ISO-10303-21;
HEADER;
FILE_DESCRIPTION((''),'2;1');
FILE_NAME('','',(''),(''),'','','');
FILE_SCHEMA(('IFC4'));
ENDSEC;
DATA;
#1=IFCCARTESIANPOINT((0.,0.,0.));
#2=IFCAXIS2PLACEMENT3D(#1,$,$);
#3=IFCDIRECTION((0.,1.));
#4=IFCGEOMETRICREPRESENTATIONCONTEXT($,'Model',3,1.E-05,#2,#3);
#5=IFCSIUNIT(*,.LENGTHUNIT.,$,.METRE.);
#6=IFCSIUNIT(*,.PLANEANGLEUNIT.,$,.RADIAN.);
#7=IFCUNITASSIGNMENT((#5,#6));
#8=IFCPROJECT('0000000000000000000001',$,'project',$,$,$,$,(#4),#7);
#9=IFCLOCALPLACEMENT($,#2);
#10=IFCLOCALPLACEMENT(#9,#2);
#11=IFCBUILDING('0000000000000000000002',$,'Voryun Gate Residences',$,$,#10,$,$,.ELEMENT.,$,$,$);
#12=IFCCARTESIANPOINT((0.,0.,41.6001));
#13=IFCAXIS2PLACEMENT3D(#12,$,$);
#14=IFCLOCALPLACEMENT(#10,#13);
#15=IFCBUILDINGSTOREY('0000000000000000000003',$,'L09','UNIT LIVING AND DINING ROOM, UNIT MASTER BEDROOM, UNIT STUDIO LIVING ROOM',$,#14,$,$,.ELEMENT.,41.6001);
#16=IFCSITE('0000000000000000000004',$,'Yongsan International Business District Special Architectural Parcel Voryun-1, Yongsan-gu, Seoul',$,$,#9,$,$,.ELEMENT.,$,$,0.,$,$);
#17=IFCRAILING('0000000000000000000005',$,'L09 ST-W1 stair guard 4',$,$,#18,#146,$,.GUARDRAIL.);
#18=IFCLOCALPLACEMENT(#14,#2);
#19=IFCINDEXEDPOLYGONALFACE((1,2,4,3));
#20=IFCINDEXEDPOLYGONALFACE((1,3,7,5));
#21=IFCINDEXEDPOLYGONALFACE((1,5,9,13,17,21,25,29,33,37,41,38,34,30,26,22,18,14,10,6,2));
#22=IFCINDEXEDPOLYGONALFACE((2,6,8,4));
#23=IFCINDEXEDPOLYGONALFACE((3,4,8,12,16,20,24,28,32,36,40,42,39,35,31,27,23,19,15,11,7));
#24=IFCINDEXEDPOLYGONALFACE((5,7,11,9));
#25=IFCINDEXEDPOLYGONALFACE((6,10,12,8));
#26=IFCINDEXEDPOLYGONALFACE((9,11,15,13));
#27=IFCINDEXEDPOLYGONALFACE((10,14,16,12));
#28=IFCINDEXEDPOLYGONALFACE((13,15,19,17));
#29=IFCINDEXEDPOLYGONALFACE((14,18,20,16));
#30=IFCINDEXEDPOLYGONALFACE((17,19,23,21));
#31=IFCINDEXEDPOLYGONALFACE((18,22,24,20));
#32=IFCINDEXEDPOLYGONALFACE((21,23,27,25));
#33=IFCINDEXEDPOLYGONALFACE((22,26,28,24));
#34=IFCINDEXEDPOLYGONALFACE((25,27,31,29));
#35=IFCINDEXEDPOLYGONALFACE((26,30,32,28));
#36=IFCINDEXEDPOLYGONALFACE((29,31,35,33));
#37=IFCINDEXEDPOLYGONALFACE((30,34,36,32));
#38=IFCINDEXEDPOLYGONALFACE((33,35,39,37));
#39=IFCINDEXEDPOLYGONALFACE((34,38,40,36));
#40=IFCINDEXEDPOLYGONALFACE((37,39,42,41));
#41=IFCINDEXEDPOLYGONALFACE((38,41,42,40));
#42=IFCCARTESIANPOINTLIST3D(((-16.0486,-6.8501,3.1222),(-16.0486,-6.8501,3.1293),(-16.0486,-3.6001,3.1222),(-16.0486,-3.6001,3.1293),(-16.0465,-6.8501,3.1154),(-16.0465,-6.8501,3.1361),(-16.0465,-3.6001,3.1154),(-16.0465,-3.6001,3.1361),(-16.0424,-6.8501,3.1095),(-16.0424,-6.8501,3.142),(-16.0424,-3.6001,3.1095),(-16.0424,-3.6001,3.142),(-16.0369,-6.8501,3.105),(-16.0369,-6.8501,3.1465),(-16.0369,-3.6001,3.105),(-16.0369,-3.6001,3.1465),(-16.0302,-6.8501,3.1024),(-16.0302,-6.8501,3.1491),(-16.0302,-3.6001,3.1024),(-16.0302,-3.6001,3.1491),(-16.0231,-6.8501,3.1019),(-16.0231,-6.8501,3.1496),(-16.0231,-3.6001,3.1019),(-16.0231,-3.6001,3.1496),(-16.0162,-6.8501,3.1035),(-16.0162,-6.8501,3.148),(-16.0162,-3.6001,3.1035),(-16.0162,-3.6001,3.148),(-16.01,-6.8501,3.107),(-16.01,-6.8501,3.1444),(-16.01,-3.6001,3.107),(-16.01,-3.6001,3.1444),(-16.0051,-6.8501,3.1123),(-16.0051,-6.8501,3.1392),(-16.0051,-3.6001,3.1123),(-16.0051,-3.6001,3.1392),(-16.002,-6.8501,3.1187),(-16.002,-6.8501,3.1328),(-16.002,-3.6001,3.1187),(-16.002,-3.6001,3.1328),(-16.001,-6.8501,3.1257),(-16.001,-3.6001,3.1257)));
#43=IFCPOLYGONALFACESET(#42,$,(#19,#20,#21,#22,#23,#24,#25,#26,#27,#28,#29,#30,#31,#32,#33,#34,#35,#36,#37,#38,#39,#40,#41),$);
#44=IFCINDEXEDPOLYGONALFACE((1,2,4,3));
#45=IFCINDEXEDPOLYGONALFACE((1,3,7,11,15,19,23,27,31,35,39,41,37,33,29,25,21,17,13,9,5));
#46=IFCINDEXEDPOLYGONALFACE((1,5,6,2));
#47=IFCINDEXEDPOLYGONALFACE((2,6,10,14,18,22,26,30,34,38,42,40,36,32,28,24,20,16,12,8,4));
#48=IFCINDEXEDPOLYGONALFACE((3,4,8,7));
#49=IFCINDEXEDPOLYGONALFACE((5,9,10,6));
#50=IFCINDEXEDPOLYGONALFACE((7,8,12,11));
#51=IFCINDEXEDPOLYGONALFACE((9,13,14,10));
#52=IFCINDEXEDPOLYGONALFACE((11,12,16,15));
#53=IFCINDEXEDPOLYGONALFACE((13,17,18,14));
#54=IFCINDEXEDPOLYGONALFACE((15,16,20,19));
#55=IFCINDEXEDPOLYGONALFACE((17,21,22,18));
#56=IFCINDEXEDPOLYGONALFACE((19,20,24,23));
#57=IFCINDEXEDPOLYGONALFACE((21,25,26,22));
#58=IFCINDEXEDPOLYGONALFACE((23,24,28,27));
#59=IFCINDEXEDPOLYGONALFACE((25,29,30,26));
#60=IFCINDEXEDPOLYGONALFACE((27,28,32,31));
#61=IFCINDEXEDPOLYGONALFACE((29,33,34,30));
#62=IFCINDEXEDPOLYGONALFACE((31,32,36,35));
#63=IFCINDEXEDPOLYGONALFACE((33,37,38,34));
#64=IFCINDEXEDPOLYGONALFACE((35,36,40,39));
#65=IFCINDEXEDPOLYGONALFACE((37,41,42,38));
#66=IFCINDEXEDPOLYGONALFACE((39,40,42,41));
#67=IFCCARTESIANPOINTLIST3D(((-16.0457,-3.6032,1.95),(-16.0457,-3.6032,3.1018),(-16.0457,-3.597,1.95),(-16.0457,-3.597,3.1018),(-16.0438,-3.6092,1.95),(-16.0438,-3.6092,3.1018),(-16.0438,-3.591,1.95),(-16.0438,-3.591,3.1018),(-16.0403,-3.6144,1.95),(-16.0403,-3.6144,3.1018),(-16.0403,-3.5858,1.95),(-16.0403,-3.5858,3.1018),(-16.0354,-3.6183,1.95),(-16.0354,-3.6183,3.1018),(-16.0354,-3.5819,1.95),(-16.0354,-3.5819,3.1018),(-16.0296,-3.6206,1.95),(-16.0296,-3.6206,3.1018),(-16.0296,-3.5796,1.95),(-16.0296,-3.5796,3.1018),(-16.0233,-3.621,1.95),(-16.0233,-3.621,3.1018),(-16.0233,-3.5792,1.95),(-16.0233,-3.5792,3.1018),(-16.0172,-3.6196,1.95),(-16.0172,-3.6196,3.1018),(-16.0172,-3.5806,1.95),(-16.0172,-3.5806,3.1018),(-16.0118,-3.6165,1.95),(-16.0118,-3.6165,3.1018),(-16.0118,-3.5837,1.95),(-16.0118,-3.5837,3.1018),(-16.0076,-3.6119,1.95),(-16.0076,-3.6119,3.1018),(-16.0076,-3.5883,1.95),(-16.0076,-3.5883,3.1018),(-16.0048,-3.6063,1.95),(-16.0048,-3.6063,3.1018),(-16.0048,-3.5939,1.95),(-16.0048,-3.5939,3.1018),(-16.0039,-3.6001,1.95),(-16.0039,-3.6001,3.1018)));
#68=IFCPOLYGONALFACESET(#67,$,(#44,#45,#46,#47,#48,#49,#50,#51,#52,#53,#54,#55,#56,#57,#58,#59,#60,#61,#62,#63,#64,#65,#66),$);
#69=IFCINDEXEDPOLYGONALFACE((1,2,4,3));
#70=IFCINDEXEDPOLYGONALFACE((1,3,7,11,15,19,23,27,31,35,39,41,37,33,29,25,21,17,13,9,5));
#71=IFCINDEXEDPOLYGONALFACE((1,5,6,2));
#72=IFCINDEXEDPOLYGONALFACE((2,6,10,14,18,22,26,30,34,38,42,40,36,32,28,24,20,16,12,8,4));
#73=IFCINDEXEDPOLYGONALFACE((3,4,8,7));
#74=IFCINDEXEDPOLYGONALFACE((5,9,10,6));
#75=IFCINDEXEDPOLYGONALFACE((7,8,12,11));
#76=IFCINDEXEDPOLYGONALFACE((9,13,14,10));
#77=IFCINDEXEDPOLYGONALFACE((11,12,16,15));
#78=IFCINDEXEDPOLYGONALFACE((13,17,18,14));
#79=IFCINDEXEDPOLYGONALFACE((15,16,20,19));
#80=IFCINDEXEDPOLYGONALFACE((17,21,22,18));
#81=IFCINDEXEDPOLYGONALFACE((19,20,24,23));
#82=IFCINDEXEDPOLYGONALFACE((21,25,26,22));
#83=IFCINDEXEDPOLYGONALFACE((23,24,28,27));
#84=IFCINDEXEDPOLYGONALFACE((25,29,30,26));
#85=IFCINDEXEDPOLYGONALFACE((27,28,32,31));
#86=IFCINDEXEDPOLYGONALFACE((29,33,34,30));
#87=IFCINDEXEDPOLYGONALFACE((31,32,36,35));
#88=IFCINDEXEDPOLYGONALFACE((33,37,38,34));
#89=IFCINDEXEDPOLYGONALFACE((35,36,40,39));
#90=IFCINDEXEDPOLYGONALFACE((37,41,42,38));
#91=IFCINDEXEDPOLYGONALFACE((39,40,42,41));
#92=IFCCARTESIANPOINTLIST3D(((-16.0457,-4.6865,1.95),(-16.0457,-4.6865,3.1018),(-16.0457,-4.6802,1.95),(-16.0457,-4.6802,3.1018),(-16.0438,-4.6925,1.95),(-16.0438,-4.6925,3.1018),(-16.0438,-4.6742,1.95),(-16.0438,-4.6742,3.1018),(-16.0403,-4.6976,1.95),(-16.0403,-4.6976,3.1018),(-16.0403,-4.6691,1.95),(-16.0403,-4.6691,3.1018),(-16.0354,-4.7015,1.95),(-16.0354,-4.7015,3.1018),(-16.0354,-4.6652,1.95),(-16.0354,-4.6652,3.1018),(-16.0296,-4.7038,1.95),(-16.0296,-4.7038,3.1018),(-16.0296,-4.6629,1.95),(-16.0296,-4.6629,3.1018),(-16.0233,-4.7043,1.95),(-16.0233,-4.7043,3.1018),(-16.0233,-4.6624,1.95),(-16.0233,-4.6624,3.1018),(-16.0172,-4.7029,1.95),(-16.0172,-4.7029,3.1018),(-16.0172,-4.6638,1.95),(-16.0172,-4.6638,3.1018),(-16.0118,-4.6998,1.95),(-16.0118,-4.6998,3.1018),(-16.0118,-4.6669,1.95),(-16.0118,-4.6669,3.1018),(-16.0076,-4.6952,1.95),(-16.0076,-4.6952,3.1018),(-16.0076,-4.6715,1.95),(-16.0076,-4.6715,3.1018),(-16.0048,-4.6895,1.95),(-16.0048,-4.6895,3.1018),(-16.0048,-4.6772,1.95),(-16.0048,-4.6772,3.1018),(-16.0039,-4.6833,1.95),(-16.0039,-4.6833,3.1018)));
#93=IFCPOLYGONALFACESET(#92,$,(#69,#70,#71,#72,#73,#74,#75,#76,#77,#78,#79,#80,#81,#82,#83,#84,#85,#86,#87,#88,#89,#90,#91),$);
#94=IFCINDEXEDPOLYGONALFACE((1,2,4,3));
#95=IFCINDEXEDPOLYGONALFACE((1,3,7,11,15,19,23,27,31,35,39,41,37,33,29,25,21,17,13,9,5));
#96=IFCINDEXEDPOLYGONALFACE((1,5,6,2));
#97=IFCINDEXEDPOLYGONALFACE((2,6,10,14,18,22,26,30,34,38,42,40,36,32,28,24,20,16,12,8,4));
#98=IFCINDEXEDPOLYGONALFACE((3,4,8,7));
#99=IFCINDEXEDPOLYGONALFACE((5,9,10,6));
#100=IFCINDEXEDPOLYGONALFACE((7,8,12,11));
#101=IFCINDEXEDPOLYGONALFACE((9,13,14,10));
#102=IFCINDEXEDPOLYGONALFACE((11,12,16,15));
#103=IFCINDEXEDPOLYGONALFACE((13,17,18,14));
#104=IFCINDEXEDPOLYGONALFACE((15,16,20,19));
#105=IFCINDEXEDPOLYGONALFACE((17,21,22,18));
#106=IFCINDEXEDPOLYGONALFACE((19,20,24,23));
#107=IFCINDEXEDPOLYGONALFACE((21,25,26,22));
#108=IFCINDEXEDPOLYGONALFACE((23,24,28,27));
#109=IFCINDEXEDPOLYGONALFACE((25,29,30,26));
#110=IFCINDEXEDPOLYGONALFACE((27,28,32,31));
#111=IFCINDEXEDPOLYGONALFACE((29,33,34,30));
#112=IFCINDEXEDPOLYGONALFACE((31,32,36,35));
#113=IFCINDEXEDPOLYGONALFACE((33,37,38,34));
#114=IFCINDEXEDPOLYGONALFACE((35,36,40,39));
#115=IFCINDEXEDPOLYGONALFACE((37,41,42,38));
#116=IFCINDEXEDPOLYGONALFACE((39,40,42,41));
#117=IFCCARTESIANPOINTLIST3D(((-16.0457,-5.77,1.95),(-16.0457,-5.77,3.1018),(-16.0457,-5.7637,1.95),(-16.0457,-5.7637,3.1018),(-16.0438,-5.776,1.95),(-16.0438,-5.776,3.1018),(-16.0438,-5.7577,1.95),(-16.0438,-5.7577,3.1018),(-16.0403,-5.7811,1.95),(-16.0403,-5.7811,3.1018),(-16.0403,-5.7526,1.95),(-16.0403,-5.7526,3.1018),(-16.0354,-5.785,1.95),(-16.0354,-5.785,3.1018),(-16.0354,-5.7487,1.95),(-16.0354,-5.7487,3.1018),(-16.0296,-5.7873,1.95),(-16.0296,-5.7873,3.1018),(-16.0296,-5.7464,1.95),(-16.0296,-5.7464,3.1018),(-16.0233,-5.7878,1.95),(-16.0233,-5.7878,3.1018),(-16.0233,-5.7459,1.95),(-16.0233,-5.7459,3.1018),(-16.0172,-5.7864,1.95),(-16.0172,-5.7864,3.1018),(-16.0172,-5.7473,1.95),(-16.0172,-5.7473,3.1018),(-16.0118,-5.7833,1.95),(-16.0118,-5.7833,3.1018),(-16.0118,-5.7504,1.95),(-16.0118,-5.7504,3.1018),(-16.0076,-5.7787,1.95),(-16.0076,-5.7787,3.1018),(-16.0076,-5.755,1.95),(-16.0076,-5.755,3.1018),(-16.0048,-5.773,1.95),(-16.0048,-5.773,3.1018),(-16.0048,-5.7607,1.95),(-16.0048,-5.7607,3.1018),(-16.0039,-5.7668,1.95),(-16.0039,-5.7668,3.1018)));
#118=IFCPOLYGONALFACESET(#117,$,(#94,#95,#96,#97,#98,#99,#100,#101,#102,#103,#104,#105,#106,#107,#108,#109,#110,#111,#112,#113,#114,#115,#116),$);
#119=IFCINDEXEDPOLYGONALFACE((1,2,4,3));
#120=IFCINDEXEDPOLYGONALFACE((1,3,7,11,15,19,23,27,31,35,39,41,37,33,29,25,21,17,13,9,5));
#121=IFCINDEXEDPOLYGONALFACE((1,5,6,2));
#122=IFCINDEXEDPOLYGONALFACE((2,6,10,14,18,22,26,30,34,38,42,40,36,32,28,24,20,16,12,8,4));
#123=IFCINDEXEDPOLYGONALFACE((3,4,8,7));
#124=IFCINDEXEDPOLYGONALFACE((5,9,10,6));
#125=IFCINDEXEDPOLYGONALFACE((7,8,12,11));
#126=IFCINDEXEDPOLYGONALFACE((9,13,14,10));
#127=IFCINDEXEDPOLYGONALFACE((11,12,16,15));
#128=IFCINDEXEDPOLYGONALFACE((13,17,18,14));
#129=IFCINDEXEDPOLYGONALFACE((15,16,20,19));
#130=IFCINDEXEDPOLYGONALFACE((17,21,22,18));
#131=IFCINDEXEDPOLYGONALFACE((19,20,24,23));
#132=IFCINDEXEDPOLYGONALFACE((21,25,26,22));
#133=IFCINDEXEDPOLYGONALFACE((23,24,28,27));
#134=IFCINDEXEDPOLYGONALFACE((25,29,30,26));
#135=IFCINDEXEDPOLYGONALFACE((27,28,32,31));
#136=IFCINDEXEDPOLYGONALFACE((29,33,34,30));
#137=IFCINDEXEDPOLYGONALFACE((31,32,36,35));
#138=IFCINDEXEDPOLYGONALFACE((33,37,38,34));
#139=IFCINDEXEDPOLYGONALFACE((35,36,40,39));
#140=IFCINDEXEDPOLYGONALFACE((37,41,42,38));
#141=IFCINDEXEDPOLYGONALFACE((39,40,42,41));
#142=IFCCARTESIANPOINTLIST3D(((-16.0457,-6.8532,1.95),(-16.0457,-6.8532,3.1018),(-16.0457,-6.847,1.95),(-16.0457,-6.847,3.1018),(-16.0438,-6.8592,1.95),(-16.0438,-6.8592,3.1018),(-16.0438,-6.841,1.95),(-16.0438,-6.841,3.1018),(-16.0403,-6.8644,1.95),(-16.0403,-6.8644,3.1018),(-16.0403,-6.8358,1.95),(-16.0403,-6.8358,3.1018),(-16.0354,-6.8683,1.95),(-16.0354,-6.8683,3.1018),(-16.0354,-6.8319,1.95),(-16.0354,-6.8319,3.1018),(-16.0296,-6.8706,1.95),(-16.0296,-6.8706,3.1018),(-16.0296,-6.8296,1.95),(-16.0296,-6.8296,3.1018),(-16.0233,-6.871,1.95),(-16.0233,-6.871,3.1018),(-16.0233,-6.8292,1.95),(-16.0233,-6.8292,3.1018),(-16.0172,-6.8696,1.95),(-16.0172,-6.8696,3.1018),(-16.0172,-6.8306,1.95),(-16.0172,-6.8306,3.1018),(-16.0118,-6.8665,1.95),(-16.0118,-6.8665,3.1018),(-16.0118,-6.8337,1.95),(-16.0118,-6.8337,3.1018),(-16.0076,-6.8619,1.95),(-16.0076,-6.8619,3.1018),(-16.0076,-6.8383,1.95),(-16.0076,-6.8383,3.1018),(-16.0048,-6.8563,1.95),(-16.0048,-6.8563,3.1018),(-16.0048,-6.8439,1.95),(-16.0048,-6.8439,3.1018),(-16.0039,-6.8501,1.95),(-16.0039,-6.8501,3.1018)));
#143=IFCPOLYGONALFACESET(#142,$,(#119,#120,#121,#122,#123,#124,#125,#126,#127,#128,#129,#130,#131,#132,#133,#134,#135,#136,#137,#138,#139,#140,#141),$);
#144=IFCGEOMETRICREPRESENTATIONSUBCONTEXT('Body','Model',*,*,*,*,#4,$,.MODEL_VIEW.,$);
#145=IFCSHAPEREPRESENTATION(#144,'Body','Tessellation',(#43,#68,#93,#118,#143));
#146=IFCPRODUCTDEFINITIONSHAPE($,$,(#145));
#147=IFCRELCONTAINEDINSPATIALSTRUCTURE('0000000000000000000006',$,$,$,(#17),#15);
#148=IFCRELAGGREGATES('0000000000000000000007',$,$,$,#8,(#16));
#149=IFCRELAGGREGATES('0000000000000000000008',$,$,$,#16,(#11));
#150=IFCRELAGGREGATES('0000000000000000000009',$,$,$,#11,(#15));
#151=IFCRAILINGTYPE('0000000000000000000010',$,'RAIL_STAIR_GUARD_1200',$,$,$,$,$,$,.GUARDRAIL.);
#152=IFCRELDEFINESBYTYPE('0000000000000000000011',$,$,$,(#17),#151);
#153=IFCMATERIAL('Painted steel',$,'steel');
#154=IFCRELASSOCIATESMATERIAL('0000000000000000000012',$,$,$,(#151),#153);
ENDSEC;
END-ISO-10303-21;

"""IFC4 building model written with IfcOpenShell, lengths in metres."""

from ifc_helpers import new_model, si_unit, direction, frame, origin, origin_2d, place, context, subcontext, project, spatial, circle, extrude, material, type_object, element, save


model = new_model("IFC4")

# Units and contexts
model_context = context("Model", 3, precision=1e-05, world=origin(), true_north=direction((0.0, 1.0)))
body_context = subcontext(model_context, "Body", "Model", "MODEL_VIEW")
ifc_project = project(units=[si_unit("LENGTHUNIT", "METRE"), si_unit("PLANEANGLEUNIT", "RADIAN")], contexts=[model_context])

# Site, building, storey
site_placement = place(None, origin())
site = spatial("IfcSite", under=ifc_project, at=site_placement, Name="Yongsan International Business District Special Architectural Parcel Voryun-1, Yongsan-gu, Seoul", CompositionType="ELEMENT", RefElevation=0.0)
building_placement = place(site_placement, origin())
building = spatial("IfcBuilding", under=site, at=building_placement, Name="Voryun Gate Residences", CompositionType="ELEMENT")
storey_placement = place(building_placement, frame((0.0, 0.0, 41.6001)))
storey = spatial("IfcBuildingStorey", under=building, at=storey_placement, Name="L09", Description="UNIT LIVING AND DINING ROOM, UNIT MASTER BEDROOM, UNIT STUDIO LIVING ROOM", CompositionType="ELEMENT", Elevation=41.6001)

# Railing
ifc_material_1 = material(Name="Painted steel", Category="steel")
railing_type_1 = type_object("IfcRailingType", Name="RAIL_STAIR_GUARD_1200", PredefinedType="GUARDRAIL", material=ifc_material_1)
for number, where, name in (
    (1, (-16.0249, -3.6001, 1.95), "L09 ST-W1 stair guard 4"),
):
    element("IfcRailing", number, at=place(storey_placement, frame(where)), inside=storey, type_object=railing_type_1, Name=name, PredefinedType="GUARDRAIL", context=body_context, shape_type="SweptSolid", body=[
        extrude(circle(Radius=0.0239, at=origin_2d()), frame((0.0, 0.0, 1.1758), z_axis=(0.0, -1.0, 0.0), x_axis=(1.0, 0.0, 0.0)), (0.0, 0.0, 1.0), 3.25),
        extrude(circle(Radius=0.021, at=origin_2d()), origin(), (0.0, 0.0, 1.0), 1.1519),
        extrude(circle(Radius=0.021, at=origin_2d()), frame((0.0, -1.0833, 0.0)), (0.0, 0.0, 1.0), 1.1519),
        extrude(circle(Radius=0.021, at=origin_2d()), frame((0.0, -2.1667, 0.0)), (0.0, 0.0, 1.0), 1.1519),
        extrude(circle(Radius=0.021, at=origin_2d()), frame((0.0, -3.25, 0.0)), (0.0, 0.0, 1.0), 1.1519),
    ])

save(model, "model.ifc")
